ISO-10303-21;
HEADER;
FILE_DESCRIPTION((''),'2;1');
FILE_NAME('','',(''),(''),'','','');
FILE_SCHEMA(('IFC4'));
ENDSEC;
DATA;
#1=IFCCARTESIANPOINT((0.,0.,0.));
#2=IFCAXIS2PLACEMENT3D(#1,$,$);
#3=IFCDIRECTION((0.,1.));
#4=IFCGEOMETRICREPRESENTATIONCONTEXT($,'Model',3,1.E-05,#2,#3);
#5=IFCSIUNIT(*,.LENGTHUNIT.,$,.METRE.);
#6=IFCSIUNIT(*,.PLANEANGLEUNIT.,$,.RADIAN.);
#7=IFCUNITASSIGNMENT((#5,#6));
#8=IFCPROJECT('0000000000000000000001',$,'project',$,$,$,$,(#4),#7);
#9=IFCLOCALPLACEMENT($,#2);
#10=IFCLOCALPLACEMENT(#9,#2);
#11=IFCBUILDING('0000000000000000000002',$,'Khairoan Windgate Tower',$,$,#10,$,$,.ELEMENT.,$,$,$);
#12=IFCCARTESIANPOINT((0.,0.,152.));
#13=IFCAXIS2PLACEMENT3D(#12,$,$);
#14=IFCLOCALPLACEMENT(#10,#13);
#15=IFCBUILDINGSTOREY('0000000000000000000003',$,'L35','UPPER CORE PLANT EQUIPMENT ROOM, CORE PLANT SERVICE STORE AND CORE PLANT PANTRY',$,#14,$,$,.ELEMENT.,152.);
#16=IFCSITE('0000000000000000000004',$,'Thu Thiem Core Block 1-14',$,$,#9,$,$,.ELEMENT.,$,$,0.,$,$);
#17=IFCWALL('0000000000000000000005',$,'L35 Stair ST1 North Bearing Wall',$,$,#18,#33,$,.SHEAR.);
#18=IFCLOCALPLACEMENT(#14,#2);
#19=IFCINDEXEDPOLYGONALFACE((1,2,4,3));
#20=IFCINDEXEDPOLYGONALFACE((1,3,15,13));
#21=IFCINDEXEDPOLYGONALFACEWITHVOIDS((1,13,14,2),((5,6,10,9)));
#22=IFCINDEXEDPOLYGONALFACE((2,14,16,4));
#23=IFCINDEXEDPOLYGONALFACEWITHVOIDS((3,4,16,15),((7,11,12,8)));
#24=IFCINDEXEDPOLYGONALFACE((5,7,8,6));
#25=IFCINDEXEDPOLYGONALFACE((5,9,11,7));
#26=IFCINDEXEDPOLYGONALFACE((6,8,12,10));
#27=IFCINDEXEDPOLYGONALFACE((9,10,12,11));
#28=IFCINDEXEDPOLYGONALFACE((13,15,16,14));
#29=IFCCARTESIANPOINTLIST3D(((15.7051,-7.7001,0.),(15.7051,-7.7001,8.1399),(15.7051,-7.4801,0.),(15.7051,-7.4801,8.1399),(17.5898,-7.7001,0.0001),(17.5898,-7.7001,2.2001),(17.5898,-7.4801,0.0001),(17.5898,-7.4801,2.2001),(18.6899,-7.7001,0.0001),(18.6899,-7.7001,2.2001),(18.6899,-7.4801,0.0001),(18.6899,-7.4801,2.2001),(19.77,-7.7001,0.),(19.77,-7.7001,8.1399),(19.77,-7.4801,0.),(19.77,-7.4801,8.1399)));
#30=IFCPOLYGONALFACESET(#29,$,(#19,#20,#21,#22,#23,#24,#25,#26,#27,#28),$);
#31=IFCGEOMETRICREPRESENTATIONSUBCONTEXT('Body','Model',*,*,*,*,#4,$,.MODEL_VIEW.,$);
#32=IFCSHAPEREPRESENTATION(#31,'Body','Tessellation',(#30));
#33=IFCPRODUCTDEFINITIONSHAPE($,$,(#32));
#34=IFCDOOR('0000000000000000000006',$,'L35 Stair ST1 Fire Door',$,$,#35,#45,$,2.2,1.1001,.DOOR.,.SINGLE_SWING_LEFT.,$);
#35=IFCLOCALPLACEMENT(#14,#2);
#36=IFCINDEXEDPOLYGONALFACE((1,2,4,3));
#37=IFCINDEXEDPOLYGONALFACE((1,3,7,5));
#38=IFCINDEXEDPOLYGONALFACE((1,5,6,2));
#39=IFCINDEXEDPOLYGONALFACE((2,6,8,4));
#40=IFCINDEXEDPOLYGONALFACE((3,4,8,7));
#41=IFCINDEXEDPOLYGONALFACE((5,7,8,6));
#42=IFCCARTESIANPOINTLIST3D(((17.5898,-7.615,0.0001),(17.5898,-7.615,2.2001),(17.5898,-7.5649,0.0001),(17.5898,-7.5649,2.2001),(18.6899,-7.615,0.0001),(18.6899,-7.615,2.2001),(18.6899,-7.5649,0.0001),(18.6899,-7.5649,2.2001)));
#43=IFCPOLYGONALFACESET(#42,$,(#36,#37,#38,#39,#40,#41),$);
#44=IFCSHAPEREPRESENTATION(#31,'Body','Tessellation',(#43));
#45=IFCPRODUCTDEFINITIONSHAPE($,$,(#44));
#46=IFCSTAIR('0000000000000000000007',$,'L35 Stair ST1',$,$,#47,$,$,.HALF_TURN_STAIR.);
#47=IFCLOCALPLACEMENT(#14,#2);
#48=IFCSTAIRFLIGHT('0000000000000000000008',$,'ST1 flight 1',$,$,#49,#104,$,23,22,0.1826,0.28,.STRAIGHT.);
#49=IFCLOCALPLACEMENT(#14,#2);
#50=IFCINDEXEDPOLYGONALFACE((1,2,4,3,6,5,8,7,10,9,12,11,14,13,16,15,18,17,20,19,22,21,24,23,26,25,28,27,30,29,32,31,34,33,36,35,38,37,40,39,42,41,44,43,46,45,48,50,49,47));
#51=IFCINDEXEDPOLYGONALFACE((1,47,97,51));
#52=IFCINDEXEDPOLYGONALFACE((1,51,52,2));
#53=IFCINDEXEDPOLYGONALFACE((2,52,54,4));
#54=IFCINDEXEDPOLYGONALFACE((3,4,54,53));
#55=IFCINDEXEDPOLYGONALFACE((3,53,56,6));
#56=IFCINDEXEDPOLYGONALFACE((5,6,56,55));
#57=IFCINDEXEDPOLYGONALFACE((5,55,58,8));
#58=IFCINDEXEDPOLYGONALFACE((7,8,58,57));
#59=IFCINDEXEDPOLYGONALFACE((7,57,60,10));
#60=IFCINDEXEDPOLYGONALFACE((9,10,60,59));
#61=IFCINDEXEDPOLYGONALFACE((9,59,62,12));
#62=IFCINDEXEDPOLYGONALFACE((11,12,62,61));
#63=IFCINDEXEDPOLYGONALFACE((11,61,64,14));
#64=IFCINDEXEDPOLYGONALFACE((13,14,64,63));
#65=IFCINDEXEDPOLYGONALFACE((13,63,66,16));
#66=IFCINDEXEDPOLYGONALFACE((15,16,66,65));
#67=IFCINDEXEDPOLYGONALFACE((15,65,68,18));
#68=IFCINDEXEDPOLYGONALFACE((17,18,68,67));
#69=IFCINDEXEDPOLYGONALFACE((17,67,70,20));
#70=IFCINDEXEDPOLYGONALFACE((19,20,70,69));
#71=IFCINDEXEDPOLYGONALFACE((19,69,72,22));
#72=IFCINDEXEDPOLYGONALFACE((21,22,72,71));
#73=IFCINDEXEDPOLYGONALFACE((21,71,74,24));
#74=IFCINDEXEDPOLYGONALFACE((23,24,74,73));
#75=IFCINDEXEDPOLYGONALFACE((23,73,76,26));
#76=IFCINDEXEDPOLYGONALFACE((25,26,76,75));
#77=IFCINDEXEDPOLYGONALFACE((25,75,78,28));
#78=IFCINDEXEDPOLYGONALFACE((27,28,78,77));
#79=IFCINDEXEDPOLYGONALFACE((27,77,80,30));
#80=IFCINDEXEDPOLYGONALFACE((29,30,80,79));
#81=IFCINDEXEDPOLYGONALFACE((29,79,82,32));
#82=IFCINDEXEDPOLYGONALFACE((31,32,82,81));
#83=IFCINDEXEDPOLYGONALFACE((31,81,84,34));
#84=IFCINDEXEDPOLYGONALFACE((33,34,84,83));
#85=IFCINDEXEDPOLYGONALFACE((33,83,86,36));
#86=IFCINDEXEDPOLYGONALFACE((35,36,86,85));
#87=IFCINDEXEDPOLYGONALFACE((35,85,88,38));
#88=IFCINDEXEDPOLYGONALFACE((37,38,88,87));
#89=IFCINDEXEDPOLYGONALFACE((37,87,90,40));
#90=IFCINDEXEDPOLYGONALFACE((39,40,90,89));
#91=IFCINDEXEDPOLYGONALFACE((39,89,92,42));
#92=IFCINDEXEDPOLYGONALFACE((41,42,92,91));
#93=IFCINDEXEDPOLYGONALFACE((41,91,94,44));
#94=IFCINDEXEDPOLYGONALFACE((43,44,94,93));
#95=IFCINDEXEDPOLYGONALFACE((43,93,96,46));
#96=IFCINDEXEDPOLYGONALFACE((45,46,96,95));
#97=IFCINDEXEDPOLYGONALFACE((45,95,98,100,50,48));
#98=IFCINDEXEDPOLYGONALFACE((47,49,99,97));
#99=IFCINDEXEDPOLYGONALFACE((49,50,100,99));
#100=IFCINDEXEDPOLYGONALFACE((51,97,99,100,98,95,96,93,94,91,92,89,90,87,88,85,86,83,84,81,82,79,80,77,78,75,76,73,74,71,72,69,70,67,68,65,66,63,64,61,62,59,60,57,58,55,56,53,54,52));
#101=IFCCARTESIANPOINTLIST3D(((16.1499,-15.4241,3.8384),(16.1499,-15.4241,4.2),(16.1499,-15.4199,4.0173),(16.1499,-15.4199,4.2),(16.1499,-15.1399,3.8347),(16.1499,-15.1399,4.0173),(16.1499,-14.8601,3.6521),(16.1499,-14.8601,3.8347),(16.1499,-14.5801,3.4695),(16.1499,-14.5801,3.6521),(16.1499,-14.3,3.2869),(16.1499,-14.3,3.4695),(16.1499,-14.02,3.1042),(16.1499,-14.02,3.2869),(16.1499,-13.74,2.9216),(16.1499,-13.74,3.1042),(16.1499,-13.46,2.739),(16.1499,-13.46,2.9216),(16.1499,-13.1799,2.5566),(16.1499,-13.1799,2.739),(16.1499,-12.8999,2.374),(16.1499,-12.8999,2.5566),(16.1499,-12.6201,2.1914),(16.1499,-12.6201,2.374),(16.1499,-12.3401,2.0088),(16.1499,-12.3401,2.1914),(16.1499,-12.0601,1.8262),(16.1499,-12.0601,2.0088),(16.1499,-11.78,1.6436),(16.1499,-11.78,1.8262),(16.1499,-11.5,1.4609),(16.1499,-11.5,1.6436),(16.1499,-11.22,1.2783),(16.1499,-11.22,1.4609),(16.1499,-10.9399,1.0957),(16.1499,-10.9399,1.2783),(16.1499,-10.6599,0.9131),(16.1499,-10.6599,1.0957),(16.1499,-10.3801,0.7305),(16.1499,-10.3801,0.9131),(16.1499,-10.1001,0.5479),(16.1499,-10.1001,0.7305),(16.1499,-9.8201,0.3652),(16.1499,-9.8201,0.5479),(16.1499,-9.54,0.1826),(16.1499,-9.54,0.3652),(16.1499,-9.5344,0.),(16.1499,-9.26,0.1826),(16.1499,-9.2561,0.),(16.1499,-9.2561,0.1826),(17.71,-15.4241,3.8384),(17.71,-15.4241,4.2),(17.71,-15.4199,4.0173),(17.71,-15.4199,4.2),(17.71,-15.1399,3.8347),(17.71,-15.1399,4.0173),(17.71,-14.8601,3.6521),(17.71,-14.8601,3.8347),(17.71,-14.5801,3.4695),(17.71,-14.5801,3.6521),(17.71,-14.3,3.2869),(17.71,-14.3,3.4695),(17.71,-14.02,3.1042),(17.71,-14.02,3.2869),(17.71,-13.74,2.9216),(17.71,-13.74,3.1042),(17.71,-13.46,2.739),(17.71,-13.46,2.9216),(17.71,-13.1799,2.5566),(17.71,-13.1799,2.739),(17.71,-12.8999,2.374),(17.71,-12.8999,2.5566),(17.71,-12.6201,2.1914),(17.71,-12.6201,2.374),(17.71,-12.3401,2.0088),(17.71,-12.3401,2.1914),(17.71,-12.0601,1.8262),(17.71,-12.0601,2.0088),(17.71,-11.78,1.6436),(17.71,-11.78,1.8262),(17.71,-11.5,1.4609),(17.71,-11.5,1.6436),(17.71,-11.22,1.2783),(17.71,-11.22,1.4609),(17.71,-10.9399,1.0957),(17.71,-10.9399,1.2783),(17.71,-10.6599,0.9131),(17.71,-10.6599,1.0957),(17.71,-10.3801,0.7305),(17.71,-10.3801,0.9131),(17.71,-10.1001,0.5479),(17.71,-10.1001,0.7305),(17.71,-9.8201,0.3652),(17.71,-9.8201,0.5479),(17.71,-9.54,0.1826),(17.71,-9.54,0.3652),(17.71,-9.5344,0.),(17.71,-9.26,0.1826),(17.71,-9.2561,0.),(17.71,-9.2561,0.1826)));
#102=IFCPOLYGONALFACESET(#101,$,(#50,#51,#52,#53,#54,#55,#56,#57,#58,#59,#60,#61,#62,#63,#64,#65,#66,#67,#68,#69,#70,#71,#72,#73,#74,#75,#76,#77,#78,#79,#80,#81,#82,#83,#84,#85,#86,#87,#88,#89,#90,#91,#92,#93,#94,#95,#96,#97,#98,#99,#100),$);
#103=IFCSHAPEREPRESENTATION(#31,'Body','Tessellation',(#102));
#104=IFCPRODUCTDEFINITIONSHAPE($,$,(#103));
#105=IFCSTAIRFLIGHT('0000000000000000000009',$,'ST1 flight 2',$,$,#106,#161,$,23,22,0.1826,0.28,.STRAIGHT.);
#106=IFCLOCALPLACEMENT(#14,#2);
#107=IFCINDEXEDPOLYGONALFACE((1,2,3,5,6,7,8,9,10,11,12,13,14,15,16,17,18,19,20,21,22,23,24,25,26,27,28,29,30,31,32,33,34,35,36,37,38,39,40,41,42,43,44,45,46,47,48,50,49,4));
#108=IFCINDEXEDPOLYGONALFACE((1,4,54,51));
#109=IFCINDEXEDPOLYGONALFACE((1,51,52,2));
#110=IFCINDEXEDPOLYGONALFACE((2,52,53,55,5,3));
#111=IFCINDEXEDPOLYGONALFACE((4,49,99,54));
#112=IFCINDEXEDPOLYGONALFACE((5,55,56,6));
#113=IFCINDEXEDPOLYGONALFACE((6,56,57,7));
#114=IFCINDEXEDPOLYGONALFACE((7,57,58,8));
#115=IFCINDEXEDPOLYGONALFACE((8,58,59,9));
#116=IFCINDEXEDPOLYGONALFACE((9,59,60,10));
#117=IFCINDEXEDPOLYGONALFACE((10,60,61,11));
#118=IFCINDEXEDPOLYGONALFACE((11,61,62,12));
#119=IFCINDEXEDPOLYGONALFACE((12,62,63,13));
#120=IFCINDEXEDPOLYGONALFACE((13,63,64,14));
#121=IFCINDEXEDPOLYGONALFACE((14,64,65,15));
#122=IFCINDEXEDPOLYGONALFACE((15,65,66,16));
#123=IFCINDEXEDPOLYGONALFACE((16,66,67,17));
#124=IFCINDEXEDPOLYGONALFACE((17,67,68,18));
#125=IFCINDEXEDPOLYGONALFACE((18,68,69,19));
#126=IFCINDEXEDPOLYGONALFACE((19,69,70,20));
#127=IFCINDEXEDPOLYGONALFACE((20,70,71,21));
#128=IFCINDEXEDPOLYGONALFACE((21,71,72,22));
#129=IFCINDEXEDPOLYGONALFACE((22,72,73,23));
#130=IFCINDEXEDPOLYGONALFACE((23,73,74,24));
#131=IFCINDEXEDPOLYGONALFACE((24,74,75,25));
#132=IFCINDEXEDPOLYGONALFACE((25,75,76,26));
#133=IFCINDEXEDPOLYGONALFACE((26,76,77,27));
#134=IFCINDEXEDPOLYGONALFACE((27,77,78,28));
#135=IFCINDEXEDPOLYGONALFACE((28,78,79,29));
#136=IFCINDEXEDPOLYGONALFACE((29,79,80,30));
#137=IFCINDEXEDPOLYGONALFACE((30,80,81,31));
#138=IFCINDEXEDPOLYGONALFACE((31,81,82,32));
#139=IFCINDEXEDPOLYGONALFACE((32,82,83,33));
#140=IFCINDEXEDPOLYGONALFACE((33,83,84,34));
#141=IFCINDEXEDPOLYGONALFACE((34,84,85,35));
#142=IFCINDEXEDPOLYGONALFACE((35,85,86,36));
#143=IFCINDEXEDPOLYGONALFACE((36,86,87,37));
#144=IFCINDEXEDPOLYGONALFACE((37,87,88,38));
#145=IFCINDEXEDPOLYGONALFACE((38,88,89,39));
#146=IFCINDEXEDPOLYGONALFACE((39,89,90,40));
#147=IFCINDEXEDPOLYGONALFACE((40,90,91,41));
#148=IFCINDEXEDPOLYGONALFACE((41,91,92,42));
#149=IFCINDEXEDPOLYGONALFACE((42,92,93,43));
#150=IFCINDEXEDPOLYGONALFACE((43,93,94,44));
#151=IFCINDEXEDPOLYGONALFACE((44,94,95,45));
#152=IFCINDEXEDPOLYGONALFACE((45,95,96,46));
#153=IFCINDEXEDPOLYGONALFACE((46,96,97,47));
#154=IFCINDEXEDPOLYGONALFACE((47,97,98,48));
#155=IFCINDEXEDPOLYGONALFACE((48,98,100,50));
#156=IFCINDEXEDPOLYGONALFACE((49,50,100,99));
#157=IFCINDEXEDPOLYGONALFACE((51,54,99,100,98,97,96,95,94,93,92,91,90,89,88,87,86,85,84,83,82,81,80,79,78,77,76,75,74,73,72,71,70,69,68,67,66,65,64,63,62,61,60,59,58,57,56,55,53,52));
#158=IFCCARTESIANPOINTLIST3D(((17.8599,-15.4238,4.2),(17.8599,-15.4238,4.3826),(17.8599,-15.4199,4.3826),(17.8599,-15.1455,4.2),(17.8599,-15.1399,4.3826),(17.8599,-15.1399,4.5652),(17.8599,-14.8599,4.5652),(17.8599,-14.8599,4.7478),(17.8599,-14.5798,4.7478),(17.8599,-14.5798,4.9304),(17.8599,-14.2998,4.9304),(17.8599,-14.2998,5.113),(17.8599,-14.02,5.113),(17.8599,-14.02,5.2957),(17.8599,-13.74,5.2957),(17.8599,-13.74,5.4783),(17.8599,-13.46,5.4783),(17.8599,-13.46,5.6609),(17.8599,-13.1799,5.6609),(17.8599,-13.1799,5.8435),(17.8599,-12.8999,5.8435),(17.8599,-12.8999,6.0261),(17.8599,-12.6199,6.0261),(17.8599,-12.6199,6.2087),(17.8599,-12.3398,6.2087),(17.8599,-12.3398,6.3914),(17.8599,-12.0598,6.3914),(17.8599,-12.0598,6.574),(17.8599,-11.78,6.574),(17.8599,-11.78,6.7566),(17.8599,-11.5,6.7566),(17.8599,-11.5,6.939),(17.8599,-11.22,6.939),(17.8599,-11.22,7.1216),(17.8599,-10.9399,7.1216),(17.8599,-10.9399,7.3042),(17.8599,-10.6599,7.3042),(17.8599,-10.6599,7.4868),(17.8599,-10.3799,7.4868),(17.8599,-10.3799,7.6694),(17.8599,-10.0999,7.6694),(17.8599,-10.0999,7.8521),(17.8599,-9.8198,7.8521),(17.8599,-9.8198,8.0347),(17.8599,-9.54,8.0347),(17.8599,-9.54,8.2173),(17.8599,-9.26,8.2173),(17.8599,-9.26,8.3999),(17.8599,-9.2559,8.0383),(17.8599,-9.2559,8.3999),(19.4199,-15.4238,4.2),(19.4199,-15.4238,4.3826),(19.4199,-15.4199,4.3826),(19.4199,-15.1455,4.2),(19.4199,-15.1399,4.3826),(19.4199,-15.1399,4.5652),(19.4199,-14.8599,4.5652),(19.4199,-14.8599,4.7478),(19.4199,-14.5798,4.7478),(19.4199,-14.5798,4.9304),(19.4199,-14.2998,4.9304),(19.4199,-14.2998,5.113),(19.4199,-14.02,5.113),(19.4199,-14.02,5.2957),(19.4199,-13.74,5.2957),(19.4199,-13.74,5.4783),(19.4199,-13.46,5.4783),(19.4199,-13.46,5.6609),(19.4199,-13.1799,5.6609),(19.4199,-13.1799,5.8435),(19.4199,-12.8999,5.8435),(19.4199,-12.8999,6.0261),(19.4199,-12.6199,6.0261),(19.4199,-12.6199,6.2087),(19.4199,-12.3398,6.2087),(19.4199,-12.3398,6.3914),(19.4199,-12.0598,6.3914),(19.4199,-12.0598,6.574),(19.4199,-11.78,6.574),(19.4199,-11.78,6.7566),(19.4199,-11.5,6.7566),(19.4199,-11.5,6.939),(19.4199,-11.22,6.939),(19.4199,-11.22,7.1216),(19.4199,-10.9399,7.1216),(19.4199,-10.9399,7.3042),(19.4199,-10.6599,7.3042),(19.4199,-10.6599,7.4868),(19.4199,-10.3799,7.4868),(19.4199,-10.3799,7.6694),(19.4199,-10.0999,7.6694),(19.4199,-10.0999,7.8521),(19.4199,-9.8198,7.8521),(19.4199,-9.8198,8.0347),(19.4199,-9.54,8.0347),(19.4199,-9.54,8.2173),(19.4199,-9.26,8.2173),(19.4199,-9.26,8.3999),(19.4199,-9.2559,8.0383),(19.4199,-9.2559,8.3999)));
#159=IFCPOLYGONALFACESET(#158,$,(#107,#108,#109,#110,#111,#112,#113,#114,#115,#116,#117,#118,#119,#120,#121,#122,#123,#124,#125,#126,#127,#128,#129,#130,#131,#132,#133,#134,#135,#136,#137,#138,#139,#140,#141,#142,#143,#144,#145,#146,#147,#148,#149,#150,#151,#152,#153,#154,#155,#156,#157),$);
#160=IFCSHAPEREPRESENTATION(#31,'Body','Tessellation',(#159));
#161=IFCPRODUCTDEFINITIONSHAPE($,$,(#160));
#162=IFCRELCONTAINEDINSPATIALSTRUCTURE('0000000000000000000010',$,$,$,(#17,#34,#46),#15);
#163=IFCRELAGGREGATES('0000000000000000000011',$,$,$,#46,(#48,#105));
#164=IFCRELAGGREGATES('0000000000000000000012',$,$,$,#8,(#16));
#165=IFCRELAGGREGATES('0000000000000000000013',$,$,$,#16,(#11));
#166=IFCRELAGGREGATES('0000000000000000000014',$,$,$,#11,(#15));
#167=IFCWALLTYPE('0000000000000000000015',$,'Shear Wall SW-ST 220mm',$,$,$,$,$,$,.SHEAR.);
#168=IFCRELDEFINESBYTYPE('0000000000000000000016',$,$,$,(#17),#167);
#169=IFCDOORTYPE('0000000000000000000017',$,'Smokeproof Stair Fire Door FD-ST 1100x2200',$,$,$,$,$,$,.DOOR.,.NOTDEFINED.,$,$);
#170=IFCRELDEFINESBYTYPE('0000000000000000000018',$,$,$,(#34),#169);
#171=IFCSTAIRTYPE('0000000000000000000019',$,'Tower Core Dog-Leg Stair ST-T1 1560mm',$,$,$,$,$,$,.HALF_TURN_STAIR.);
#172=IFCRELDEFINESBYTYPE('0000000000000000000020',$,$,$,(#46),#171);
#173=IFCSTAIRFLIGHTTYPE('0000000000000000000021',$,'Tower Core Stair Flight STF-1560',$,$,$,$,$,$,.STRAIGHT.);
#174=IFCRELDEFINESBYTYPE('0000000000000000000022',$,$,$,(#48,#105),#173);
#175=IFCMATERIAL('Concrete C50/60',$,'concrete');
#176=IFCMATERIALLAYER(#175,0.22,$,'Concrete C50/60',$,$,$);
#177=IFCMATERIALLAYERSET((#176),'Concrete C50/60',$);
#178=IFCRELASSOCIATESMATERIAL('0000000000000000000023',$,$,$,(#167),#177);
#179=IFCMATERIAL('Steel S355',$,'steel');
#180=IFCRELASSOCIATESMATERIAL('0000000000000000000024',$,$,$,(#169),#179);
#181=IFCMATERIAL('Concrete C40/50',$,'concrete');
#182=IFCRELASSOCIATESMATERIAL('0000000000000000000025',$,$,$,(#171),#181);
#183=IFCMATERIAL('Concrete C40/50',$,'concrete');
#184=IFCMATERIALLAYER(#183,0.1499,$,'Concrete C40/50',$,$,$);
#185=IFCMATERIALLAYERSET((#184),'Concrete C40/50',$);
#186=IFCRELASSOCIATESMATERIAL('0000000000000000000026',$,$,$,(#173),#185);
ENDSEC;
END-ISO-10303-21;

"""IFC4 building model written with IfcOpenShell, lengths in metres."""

from ifc_helpers import new_model, si_unit, direction, frame, frame_2d, origin, place, context, subcontext, project, spatial, polyline, rectangle, outline, extrude, material, layer, layer_set, type_object, element, fill, aggregate, save


model = new_model("IFC4")

# Units and contexts
model_context = context("Model", 3, precision=1e-05, world=origin(), true_north=direction((0.0, 1.0)))
body_context = subcontext(model_context, "Body", "Model", "MODEL_VIEW")
ifc_project = project(units=[si_unit("LENGTHUNIT", "METRE"), si_unit("PLANEANGLEUNIT", "RADIAN")], contexts=[model_context])

# Site, building, storey
site_placement = place(None, origin())
site = spatial("IfcSite", under=ifc_project, at=site_placement, Name="Thu Thiem Core Block 1-14", CompositionType="ELEMENT", RefElevation=0.0)
building_placement = place(site_placement, origin())
building = spatial("IfcBuilding", under=site, at=building_placement, Name="Khairoan Windgate Tower", CompositionType="ELEMENT")
storey_placement = place(building_placement, frame((0.0, 0.0, 152.0)))
storey = spatial("IfcBuildingStorey", under=building, at=storey_placement, Name="L35", Description="UPPER CORE PLANT EQUIPMENT ROOM, CORE PLANT SERVICE STORE AND CORE PLANT PANTRY", CompositionType="ELEMENT", Elevation=152.0)

# Shared definitions
ifc_material_1 = material(Name="Concrete C50/60", Category="concrete")
ifc_layer_1 = layer(ifc_material_1, 0.22, Name="Concrete C50/60")
ifc_layer_set_1 = layer_set([ifc_layer_1], Name="Concrete C50/60")
wall_type_1 = type_object("IfcWallType", Name="Shear Wall SW-ST 220mm", PredefinedType="SHEAR", material=ifc_layer_set_1)

# Wall, opening, door
wall_1_placement = place(storey_placement, frame((19.77, -7.5901, 0.0), z_axis=(0.0, 0.0, 1.0), x_axis=(-1.0, 0.0, 0.0)))
wall_1 = element("IfcWall", 1, at=wall_1_placement, inside=storey, type_object=wall_type_1, Name="L35 Stair ST1 North Bearing Wall", PredefinedType="SHEAR", context=body_context, shape_type="SweptSolid", body=[
    extrude(rectangle(XDim=4.0649, YDim=0.22, at=frame_2d((2.0325, 0.0))), origin(), (0.0, 0.0, 1.0), 8.1399),
])
opening_placement = place(wall_1_placement, frame((1.0801, 0.0, 0.0)))
opening = element("IfcOpeningElement", 2, at=opening_placement, cuts=wall_1, PredefinedType="OPENING", context=body_context, shape_type="SweptSolid", body=[
    extrude(rectangle(XDim=1.1001, YDim=2.2, at=frame_2d((0.55, 1.1001))), frame((0.0, 0.1199, 0.0), z_axis=(0.0, -1.0, 0.0), x_axis=(1.0, 0.0, 0.0)), (0.0, 0.0, 1.0), 0.24),
])
ifc_material_2 = material(Name="Steel S355", Category="steel")
door_type = type_object("IfcDoorType", Name="Smokeproof Stair Fire Door FD-ST 1100x2200", OperationType="NOTDEFINED", PredefinedType="DOOR", material=ifc_material_2)
door_placement = place(opening_placement, origin())
door = element("IfcDoor", 3, at=door_placement, inside=storey, type_object=door_type, Name="L35 Stair ST1 Fire Door", OperationType="SINGLE_SWING_LEFT", OverallHeight=2.2, OverallWidth=1.1001, PredefinedType="DOOR", context=body_context, shape_type="SweptSolid", body=[
    extrude(rectangle(XDim=1.1001, YDim=2.2, at=frame_2d((0.55, 1.1001))), frame((0.0, 0.0249, 0.0), z_axis=(0.0, -1.0, 0.0), x_axis=(1.0, 0.0, 0.0)), (0.0, 0.0, 1.0), 0.05),
])
fill(opening, door)

# Stair, stair flights
ifc_material_3 = material(Name="Concrete C40/50", Category="concrete")
stair_type = type_object("IfcStairType", Name="Tower Core Dog-Leg Stair ST-T1 1560mm", PredefinedType="HALF_TURN_STAIR", material=ifc_material_3)
stair_placement = place(storey_placement, origin())
stair = element("IfcStair", 4, at=stair_placement, inside=storey, type_object=stair_type, Name="L35 Stair ST1", PredefinedType="HALF_TURN_STAIR")
ifc_material_4 = material(Name="Concrete C40/50", Category="concrete")
ifc_layer_2 = layer(ifc_material_4, 0.1499, Name="Concrete C40/50")
ifc_layer_set_2 = layer_set([ifc_layer_2], Name="Concrete C40/50")
stair_flight_type = type_object("IfcStairFlightType", Name="Tower Core Stair Flight STF-1560", PredefinedType="STRAIGHT", material=ifc_layer_set_2)
stair_flight_1_placement = place(storey_placement, frame((16.9299, -9.26, 0.0), z_axis=(0.0, 0.0, 1.0), x_axis=(0.0, -1.0, 0.0)))
stair_flight_1 = element("IfcStairFlight", 5, at=stair_flight_1_placement, type_object=stair_flight_type, Name="ST1 flight 1", NumberOfRisers=23, NumberOfTreads=22, PredefinedType="STRAIGHT", RiserHeight=0.1826, TreadLength=0.28, context=body_context, shape_type="SweptSolid", body=[
    extrude(outline(polyline([(-0.0039, 0.0), (-0.0039, 0.1826), (0.0, 0.1826), (0.28, 0.1826), (0.28, 0.3652), (0.5601, 0.3652), (0.5601, 0.5479), (0.8401, 0.5479), (0.8401, 0.7305), (1.1201, 0.7305), (1.1201, 0.9131), (1.3999, 0.9131), (1.3999, 1.0957), (1.6799, 1.0957), (1.6799, 1.2783), (1.96, 1.2783), (1.96, 1.4609), (2.24, 1.4609), (2.24, 1.6436), (2.52, 1.6436), (2.52, 1.8262), (2.8, 1.8262), (2.8, 2.0088), (3.0801, 2.0088), (3.0801, 2.1914), (3.3601, 2.1914), (3.3601, 2.374), (3.6399, 2.374), (3.6399, 2.5566), (3.9199, 2.5566), (3.9199, 2.739), (4.2, 2.739), (4.2, 2.9216), (4.48, 2.9216), (4.48, 3.1042), (4.76, 3.1042), (4.76, 3.2869), (5.04, 3.2869), (5.04, 3.4695), (5.3201, 3.4695), (5.3201, 3.6521), (5.6001, 3.6521), (5.6001, 3.8347), (5.8799, 3.8347), (5.8799, 4.0173), (6.1599, 4.0173), (6.1599, 4.2), (6.1641, 4.2), (6.1641, 3.8384), (0.2744, 0.0), (-0.0039, 0.0)])), frame((0.0, 0.78, 0.0), z_axis=(0.0, -1.0, 0.0), x_axis=(1.0, 0.0, 0.0)), (0.0, 0.0, 1.0), 1.5601),
])
stair_flight_2_placement = place(storey_placement, frame((18.6399, -15.4199, 4.2), z_axis=(0.0, 0.0, 1.0), x_axis=(0.0, 1.0, 0.0)))
stair_flight_2 = element("IfcStairFlight", 6, at=stair_flight_2_placement, type_object=stair_flight_type, Name="ST1 flight 2", NumberOfRisers=23, NumberOfTreads=22, PredefinedType="STRAIGHT", RiserHeight=0.1826, TreadLength=0.28, context=body_context, shape_type="SweptSolid", body=[
    extrude(outline(polyline([(-0.0039, 0.0), (-0.0039, 0.1826), (0.0, 0.1826), (0.28, 0.1826), (0.28, 0.3652), (0.5601, 0.3652), (0.5601, 0.5479), (0.8401, 0.5479), (0.8401, 0.7305), (1.1201, 0.7305), (1.1201, 0.9131), (1.3999, 0.9131), (1.3999, 1.0957), (1.6799, 1.0957), (1.6799, 1.2783), (1.96, 1.2783), (1.96, 1.4609), (2.24, 1.4609), (2.24, 1.6436), (2.52, 1.6436), (2.52, 1.8262), (2.8, 1.8262), (2.8, 2.0088), (3.0801, 2.0088), (3.0801, 2.1914), (3.3601, 2.1914), (3.3601, 2.374), (3.6399, 2.374), (3.6399, 2.5566), (3.9199, 2.5566), (3.9199, 2.739), (4.2, 2.739), (4.2, 2.9216), (4.48, 2.9216), (4.48, 3.1042), (4.76, 3.1042), (4.76, 3.2869), (5.04, 3.2869), (5.04, 3.4695), (5.3201, 3.4695), (5.3201, 3.6521), (5.6001, 3.6521), (5.6001, 3.8347), (5.8799, 3.8347), (5.8799, 4.0173), (6.1599, 4.0173), (6.1599, 4.2), (6.1641, 4.2), (6.1641, 3.8384), (0.2744, 0.0), (-0.0039, 0.0)])), frame((0.0, 0.78, 0.0), z_axis=(0.0, -1.0, 0.0), x_axis=(1.0, 0.0, 0.0)), (0.0, 0.0, 1.0), 1.5601),
])
aggregate(stair, [stair_flight_1, stair_flight_2])

save(model, "model.ifc")
